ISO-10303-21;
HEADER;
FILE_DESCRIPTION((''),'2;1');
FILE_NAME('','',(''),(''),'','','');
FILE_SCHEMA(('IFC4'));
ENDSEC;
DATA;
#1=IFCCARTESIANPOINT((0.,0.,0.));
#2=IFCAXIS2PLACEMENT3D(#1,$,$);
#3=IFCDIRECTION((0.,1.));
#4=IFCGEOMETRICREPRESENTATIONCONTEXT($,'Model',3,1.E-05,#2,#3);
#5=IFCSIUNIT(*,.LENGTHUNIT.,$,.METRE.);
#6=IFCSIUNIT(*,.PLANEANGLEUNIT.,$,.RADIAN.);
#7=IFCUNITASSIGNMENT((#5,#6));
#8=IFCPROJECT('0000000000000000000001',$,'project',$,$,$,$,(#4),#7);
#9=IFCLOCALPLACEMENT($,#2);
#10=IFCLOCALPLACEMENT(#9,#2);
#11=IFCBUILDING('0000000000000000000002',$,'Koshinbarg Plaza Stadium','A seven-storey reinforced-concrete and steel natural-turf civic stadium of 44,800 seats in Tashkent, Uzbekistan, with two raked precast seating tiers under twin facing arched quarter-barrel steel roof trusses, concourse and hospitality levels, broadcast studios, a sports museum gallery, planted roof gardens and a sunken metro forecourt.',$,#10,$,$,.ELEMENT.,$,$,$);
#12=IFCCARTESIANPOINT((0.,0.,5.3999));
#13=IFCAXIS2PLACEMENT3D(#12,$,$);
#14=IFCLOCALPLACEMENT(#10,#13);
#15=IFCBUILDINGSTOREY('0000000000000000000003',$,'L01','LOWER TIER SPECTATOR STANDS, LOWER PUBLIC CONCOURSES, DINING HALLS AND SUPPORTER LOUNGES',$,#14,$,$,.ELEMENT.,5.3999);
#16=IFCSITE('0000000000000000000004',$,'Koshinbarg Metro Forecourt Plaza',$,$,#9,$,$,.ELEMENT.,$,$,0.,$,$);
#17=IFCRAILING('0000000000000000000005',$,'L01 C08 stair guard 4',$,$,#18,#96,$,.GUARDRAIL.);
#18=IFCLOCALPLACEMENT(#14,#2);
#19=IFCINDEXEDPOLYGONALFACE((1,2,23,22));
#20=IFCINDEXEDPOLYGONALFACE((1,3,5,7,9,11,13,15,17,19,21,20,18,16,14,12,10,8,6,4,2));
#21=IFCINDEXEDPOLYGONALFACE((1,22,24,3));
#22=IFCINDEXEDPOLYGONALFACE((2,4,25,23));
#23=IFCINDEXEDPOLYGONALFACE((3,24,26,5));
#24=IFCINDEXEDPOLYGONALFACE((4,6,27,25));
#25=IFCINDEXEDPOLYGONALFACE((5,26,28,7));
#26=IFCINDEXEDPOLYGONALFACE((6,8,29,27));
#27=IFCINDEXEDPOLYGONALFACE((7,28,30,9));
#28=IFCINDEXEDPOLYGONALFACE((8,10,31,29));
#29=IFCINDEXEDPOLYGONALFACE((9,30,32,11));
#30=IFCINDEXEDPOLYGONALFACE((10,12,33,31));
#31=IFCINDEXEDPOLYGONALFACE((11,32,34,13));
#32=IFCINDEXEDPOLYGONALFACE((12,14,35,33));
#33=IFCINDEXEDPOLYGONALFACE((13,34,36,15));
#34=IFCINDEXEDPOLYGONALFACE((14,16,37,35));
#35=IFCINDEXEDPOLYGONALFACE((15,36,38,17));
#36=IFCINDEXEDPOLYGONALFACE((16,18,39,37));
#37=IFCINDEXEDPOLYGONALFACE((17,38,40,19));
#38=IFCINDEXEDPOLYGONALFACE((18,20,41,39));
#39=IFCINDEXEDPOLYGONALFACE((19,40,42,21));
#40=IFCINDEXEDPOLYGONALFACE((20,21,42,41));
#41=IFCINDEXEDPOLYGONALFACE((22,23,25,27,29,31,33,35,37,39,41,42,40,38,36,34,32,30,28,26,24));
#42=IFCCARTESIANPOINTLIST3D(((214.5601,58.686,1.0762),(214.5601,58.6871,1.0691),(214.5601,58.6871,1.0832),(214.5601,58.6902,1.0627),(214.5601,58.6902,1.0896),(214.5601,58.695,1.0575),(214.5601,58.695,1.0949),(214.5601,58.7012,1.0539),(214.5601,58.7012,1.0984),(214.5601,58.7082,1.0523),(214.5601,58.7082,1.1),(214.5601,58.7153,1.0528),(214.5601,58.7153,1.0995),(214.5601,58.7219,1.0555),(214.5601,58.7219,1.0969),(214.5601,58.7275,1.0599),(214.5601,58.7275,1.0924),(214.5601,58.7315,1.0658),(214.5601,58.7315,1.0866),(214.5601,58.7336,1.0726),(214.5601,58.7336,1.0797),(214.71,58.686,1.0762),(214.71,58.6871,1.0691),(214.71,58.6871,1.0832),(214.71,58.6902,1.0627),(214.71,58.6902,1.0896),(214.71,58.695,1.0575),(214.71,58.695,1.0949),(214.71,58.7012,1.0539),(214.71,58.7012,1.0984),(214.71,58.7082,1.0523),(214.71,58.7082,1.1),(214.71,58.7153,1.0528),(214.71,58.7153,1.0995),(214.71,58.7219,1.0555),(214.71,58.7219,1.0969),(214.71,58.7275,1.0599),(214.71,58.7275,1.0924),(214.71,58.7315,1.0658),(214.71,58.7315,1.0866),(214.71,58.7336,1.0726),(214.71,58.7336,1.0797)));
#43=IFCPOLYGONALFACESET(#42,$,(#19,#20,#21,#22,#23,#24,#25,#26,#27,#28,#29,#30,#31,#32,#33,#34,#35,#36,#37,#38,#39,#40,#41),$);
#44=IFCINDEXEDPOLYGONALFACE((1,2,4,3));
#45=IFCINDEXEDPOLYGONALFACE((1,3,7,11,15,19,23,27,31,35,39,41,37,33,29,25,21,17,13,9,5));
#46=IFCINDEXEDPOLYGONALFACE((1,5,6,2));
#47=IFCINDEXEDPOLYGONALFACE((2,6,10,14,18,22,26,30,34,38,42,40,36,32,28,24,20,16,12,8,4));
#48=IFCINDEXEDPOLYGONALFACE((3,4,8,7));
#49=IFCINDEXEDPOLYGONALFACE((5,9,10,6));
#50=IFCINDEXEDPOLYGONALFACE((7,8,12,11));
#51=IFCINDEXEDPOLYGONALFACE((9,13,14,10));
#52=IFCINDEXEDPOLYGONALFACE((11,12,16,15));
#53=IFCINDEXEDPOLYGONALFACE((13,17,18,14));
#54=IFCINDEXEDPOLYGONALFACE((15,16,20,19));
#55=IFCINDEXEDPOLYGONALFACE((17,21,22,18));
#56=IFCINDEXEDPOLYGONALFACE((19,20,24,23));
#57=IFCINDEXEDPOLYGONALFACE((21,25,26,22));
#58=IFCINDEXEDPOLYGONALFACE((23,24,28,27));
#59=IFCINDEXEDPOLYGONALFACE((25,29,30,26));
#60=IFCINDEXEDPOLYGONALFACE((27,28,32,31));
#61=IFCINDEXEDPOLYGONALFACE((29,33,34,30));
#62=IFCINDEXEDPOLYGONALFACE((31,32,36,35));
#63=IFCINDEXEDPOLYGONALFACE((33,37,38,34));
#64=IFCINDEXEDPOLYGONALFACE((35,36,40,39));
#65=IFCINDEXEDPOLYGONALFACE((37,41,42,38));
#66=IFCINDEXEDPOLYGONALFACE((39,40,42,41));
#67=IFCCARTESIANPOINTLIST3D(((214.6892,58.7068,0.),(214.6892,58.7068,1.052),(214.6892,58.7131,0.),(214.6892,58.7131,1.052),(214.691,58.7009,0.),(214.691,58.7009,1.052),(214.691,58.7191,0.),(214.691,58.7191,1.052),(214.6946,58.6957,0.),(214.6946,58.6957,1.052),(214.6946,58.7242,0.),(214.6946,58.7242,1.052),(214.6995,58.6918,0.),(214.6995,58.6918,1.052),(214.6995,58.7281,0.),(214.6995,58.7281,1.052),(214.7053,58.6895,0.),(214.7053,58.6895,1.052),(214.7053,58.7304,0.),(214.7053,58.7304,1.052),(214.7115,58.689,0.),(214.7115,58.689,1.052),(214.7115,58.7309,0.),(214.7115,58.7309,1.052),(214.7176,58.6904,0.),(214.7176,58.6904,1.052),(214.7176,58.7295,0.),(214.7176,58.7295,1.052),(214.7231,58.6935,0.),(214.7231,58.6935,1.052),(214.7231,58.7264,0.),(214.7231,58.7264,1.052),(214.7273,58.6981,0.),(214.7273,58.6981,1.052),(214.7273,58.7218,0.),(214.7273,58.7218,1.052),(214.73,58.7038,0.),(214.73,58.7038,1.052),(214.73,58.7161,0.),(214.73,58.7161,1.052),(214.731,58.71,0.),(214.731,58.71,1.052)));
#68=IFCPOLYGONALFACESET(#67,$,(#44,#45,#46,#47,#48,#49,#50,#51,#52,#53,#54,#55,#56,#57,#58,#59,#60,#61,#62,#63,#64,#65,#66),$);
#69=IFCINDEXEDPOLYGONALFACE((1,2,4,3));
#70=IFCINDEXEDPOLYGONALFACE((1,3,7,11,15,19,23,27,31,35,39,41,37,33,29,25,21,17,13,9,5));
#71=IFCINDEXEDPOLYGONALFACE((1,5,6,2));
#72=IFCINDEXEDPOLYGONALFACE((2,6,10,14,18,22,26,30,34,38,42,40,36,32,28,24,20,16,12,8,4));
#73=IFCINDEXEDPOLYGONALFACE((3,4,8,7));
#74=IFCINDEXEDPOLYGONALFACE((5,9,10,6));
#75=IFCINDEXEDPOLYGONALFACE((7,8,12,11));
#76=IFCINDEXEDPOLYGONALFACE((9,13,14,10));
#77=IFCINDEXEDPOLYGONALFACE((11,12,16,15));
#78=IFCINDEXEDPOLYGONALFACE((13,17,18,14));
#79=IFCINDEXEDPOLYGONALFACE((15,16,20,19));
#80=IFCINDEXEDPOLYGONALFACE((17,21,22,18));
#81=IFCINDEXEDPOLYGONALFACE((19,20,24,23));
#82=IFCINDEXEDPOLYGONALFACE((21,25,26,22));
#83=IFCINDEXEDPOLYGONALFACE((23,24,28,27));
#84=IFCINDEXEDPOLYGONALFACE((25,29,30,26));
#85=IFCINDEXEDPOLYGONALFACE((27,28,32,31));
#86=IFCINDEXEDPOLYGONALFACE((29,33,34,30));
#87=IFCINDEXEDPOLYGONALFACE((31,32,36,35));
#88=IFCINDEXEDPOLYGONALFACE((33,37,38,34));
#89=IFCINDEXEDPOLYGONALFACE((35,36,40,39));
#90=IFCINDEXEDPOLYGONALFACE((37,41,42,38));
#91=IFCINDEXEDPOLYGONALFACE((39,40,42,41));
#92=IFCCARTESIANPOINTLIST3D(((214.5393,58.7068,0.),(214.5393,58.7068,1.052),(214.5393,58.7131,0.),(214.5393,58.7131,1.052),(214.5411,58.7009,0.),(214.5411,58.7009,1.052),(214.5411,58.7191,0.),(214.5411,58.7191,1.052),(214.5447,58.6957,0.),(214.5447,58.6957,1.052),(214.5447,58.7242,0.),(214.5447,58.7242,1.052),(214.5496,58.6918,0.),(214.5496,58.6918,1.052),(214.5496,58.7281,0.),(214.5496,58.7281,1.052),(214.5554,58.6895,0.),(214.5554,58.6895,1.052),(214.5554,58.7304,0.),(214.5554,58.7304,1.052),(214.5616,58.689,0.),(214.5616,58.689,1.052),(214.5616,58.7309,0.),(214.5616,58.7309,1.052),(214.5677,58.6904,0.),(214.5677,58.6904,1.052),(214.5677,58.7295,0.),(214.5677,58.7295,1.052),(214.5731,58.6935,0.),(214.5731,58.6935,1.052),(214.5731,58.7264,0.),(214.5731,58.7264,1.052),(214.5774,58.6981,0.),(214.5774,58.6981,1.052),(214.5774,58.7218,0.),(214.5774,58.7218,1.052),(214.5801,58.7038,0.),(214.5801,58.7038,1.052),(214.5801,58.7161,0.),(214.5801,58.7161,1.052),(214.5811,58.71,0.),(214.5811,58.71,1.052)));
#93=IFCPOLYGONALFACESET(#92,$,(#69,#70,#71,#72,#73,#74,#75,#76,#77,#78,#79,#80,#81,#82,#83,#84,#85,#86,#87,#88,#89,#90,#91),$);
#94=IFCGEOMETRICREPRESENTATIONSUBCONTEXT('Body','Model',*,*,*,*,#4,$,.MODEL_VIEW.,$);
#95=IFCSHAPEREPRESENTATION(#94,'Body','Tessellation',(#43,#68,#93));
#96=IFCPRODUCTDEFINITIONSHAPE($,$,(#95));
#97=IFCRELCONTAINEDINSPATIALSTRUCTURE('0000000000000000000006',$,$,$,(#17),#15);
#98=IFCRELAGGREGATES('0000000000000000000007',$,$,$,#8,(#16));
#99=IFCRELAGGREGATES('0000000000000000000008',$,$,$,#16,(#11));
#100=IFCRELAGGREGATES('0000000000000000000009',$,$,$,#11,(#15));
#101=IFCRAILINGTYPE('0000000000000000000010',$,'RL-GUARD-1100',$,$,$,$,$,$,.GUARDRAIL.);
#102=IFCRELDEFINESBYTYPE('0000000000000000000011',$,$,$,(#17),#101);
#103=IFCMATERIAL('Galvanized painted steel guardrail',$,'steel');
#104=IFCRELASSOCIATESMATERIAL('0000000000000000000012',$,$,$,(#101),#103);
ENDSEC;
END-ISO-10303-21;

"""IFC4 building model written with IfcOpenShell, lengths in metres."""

from ifc_helpers import new_model, si_unit, direction, frame, origin, origin_2d, place, context, subcontext, project, spatial, circle, extrude, material, type_object, element, save


model = new_model("IFC4")

# Units and contexts
model_context = context("Model", 3, precision=1e-05, world=origin(), true_north=direction((0.0, 1.0)))
body_context = subcontext(model_context, "Body", "Model", "MODEL_VIEW")
ifc_project = project(units=[si_unit("LENGTHUNIT", "METRE"), si_unit("PLANEANGLEUNIT", "RADIAN")], contexts=[model_context])

# Site, building, storey
site_placement = place(None, origin())
site = spatial("IfcSite", under=ifc_project, at=site_placement, Name="Koshinbarg Metro Forecourt Plaza", CompositionType="ELEMENT", RefElevation=0.0)
building_placement = place(site_placement, origin())
building = spatial("IfcBuilding", under=site, at=building_placement, Name="Koshinbarg Plaza Stadium", Description="A seven-storey reinforced-concrete and steel natural-turf civic stadium of 44,800 seats in Tashkent, Uzbekistan, with two raked precast seating tiers under twin facing arched quarter-barrel steel roof trusses, concourse and hospitality levels, broadcast studios, a sports museum gallery, planted roof gardens and a sunken metro forecourt.", CompositionType="ELEMENT")
storey_placement = place(building_placement, frame((0.0, 0.0, 5.3999)))
storey = spatial("IfcBuildingStorey", under=building, at=storey_placement, Name="L01", Description="LOWER TIER SPECTATOR STANDS, LOWER PUBLIC CONCOURSES, DINING HALLS AND SUPPORTER LOUNGES", CompositionType="ELEMENT", Elevation=5.3999)

# Railing
ifc_material_1 = material(Name="Galvanized painted steel guardrail", Category="steel")
railing_type_1 = type_object("IfcRailingType", Name="RL-GUARD-1100", PredefinedType="GUARDRAIL", material=ifc_material_1)
railing_1_placement = place(storey_placement, frame((214.71, 58.71, 0.0)))
element("IfcRailing", 1, at=railing_1_placement, inside=storey, type_object=railing_type_1, Name="L01 C08 stair guard 4", PredefinedType="GUARDRAIL", context=body_context, shape_type="SweptSolid", body=[
    extrude(circle(Radius=0.0239, at=origin_2d()), frame((0.0, 0.0, 1.0762), z_axis=(-1.0, 0.0, 0.0), x_axis=(0.0, -1.0, 0.0)), (0.0, 0.0, 1.0), 0.1499),
    extrude(circle(Radius=0.021, at=origin_2d()), origin(), (0.0, 0.0, 1.0), 1.052),
    extrude(circle(Radius=0.021, at=origin_2d()), frame((-0.1499, 0.0, 0.0)), (0.0, 0.0, 1.0), 1.052),
])

save(model, "model.ifc")
